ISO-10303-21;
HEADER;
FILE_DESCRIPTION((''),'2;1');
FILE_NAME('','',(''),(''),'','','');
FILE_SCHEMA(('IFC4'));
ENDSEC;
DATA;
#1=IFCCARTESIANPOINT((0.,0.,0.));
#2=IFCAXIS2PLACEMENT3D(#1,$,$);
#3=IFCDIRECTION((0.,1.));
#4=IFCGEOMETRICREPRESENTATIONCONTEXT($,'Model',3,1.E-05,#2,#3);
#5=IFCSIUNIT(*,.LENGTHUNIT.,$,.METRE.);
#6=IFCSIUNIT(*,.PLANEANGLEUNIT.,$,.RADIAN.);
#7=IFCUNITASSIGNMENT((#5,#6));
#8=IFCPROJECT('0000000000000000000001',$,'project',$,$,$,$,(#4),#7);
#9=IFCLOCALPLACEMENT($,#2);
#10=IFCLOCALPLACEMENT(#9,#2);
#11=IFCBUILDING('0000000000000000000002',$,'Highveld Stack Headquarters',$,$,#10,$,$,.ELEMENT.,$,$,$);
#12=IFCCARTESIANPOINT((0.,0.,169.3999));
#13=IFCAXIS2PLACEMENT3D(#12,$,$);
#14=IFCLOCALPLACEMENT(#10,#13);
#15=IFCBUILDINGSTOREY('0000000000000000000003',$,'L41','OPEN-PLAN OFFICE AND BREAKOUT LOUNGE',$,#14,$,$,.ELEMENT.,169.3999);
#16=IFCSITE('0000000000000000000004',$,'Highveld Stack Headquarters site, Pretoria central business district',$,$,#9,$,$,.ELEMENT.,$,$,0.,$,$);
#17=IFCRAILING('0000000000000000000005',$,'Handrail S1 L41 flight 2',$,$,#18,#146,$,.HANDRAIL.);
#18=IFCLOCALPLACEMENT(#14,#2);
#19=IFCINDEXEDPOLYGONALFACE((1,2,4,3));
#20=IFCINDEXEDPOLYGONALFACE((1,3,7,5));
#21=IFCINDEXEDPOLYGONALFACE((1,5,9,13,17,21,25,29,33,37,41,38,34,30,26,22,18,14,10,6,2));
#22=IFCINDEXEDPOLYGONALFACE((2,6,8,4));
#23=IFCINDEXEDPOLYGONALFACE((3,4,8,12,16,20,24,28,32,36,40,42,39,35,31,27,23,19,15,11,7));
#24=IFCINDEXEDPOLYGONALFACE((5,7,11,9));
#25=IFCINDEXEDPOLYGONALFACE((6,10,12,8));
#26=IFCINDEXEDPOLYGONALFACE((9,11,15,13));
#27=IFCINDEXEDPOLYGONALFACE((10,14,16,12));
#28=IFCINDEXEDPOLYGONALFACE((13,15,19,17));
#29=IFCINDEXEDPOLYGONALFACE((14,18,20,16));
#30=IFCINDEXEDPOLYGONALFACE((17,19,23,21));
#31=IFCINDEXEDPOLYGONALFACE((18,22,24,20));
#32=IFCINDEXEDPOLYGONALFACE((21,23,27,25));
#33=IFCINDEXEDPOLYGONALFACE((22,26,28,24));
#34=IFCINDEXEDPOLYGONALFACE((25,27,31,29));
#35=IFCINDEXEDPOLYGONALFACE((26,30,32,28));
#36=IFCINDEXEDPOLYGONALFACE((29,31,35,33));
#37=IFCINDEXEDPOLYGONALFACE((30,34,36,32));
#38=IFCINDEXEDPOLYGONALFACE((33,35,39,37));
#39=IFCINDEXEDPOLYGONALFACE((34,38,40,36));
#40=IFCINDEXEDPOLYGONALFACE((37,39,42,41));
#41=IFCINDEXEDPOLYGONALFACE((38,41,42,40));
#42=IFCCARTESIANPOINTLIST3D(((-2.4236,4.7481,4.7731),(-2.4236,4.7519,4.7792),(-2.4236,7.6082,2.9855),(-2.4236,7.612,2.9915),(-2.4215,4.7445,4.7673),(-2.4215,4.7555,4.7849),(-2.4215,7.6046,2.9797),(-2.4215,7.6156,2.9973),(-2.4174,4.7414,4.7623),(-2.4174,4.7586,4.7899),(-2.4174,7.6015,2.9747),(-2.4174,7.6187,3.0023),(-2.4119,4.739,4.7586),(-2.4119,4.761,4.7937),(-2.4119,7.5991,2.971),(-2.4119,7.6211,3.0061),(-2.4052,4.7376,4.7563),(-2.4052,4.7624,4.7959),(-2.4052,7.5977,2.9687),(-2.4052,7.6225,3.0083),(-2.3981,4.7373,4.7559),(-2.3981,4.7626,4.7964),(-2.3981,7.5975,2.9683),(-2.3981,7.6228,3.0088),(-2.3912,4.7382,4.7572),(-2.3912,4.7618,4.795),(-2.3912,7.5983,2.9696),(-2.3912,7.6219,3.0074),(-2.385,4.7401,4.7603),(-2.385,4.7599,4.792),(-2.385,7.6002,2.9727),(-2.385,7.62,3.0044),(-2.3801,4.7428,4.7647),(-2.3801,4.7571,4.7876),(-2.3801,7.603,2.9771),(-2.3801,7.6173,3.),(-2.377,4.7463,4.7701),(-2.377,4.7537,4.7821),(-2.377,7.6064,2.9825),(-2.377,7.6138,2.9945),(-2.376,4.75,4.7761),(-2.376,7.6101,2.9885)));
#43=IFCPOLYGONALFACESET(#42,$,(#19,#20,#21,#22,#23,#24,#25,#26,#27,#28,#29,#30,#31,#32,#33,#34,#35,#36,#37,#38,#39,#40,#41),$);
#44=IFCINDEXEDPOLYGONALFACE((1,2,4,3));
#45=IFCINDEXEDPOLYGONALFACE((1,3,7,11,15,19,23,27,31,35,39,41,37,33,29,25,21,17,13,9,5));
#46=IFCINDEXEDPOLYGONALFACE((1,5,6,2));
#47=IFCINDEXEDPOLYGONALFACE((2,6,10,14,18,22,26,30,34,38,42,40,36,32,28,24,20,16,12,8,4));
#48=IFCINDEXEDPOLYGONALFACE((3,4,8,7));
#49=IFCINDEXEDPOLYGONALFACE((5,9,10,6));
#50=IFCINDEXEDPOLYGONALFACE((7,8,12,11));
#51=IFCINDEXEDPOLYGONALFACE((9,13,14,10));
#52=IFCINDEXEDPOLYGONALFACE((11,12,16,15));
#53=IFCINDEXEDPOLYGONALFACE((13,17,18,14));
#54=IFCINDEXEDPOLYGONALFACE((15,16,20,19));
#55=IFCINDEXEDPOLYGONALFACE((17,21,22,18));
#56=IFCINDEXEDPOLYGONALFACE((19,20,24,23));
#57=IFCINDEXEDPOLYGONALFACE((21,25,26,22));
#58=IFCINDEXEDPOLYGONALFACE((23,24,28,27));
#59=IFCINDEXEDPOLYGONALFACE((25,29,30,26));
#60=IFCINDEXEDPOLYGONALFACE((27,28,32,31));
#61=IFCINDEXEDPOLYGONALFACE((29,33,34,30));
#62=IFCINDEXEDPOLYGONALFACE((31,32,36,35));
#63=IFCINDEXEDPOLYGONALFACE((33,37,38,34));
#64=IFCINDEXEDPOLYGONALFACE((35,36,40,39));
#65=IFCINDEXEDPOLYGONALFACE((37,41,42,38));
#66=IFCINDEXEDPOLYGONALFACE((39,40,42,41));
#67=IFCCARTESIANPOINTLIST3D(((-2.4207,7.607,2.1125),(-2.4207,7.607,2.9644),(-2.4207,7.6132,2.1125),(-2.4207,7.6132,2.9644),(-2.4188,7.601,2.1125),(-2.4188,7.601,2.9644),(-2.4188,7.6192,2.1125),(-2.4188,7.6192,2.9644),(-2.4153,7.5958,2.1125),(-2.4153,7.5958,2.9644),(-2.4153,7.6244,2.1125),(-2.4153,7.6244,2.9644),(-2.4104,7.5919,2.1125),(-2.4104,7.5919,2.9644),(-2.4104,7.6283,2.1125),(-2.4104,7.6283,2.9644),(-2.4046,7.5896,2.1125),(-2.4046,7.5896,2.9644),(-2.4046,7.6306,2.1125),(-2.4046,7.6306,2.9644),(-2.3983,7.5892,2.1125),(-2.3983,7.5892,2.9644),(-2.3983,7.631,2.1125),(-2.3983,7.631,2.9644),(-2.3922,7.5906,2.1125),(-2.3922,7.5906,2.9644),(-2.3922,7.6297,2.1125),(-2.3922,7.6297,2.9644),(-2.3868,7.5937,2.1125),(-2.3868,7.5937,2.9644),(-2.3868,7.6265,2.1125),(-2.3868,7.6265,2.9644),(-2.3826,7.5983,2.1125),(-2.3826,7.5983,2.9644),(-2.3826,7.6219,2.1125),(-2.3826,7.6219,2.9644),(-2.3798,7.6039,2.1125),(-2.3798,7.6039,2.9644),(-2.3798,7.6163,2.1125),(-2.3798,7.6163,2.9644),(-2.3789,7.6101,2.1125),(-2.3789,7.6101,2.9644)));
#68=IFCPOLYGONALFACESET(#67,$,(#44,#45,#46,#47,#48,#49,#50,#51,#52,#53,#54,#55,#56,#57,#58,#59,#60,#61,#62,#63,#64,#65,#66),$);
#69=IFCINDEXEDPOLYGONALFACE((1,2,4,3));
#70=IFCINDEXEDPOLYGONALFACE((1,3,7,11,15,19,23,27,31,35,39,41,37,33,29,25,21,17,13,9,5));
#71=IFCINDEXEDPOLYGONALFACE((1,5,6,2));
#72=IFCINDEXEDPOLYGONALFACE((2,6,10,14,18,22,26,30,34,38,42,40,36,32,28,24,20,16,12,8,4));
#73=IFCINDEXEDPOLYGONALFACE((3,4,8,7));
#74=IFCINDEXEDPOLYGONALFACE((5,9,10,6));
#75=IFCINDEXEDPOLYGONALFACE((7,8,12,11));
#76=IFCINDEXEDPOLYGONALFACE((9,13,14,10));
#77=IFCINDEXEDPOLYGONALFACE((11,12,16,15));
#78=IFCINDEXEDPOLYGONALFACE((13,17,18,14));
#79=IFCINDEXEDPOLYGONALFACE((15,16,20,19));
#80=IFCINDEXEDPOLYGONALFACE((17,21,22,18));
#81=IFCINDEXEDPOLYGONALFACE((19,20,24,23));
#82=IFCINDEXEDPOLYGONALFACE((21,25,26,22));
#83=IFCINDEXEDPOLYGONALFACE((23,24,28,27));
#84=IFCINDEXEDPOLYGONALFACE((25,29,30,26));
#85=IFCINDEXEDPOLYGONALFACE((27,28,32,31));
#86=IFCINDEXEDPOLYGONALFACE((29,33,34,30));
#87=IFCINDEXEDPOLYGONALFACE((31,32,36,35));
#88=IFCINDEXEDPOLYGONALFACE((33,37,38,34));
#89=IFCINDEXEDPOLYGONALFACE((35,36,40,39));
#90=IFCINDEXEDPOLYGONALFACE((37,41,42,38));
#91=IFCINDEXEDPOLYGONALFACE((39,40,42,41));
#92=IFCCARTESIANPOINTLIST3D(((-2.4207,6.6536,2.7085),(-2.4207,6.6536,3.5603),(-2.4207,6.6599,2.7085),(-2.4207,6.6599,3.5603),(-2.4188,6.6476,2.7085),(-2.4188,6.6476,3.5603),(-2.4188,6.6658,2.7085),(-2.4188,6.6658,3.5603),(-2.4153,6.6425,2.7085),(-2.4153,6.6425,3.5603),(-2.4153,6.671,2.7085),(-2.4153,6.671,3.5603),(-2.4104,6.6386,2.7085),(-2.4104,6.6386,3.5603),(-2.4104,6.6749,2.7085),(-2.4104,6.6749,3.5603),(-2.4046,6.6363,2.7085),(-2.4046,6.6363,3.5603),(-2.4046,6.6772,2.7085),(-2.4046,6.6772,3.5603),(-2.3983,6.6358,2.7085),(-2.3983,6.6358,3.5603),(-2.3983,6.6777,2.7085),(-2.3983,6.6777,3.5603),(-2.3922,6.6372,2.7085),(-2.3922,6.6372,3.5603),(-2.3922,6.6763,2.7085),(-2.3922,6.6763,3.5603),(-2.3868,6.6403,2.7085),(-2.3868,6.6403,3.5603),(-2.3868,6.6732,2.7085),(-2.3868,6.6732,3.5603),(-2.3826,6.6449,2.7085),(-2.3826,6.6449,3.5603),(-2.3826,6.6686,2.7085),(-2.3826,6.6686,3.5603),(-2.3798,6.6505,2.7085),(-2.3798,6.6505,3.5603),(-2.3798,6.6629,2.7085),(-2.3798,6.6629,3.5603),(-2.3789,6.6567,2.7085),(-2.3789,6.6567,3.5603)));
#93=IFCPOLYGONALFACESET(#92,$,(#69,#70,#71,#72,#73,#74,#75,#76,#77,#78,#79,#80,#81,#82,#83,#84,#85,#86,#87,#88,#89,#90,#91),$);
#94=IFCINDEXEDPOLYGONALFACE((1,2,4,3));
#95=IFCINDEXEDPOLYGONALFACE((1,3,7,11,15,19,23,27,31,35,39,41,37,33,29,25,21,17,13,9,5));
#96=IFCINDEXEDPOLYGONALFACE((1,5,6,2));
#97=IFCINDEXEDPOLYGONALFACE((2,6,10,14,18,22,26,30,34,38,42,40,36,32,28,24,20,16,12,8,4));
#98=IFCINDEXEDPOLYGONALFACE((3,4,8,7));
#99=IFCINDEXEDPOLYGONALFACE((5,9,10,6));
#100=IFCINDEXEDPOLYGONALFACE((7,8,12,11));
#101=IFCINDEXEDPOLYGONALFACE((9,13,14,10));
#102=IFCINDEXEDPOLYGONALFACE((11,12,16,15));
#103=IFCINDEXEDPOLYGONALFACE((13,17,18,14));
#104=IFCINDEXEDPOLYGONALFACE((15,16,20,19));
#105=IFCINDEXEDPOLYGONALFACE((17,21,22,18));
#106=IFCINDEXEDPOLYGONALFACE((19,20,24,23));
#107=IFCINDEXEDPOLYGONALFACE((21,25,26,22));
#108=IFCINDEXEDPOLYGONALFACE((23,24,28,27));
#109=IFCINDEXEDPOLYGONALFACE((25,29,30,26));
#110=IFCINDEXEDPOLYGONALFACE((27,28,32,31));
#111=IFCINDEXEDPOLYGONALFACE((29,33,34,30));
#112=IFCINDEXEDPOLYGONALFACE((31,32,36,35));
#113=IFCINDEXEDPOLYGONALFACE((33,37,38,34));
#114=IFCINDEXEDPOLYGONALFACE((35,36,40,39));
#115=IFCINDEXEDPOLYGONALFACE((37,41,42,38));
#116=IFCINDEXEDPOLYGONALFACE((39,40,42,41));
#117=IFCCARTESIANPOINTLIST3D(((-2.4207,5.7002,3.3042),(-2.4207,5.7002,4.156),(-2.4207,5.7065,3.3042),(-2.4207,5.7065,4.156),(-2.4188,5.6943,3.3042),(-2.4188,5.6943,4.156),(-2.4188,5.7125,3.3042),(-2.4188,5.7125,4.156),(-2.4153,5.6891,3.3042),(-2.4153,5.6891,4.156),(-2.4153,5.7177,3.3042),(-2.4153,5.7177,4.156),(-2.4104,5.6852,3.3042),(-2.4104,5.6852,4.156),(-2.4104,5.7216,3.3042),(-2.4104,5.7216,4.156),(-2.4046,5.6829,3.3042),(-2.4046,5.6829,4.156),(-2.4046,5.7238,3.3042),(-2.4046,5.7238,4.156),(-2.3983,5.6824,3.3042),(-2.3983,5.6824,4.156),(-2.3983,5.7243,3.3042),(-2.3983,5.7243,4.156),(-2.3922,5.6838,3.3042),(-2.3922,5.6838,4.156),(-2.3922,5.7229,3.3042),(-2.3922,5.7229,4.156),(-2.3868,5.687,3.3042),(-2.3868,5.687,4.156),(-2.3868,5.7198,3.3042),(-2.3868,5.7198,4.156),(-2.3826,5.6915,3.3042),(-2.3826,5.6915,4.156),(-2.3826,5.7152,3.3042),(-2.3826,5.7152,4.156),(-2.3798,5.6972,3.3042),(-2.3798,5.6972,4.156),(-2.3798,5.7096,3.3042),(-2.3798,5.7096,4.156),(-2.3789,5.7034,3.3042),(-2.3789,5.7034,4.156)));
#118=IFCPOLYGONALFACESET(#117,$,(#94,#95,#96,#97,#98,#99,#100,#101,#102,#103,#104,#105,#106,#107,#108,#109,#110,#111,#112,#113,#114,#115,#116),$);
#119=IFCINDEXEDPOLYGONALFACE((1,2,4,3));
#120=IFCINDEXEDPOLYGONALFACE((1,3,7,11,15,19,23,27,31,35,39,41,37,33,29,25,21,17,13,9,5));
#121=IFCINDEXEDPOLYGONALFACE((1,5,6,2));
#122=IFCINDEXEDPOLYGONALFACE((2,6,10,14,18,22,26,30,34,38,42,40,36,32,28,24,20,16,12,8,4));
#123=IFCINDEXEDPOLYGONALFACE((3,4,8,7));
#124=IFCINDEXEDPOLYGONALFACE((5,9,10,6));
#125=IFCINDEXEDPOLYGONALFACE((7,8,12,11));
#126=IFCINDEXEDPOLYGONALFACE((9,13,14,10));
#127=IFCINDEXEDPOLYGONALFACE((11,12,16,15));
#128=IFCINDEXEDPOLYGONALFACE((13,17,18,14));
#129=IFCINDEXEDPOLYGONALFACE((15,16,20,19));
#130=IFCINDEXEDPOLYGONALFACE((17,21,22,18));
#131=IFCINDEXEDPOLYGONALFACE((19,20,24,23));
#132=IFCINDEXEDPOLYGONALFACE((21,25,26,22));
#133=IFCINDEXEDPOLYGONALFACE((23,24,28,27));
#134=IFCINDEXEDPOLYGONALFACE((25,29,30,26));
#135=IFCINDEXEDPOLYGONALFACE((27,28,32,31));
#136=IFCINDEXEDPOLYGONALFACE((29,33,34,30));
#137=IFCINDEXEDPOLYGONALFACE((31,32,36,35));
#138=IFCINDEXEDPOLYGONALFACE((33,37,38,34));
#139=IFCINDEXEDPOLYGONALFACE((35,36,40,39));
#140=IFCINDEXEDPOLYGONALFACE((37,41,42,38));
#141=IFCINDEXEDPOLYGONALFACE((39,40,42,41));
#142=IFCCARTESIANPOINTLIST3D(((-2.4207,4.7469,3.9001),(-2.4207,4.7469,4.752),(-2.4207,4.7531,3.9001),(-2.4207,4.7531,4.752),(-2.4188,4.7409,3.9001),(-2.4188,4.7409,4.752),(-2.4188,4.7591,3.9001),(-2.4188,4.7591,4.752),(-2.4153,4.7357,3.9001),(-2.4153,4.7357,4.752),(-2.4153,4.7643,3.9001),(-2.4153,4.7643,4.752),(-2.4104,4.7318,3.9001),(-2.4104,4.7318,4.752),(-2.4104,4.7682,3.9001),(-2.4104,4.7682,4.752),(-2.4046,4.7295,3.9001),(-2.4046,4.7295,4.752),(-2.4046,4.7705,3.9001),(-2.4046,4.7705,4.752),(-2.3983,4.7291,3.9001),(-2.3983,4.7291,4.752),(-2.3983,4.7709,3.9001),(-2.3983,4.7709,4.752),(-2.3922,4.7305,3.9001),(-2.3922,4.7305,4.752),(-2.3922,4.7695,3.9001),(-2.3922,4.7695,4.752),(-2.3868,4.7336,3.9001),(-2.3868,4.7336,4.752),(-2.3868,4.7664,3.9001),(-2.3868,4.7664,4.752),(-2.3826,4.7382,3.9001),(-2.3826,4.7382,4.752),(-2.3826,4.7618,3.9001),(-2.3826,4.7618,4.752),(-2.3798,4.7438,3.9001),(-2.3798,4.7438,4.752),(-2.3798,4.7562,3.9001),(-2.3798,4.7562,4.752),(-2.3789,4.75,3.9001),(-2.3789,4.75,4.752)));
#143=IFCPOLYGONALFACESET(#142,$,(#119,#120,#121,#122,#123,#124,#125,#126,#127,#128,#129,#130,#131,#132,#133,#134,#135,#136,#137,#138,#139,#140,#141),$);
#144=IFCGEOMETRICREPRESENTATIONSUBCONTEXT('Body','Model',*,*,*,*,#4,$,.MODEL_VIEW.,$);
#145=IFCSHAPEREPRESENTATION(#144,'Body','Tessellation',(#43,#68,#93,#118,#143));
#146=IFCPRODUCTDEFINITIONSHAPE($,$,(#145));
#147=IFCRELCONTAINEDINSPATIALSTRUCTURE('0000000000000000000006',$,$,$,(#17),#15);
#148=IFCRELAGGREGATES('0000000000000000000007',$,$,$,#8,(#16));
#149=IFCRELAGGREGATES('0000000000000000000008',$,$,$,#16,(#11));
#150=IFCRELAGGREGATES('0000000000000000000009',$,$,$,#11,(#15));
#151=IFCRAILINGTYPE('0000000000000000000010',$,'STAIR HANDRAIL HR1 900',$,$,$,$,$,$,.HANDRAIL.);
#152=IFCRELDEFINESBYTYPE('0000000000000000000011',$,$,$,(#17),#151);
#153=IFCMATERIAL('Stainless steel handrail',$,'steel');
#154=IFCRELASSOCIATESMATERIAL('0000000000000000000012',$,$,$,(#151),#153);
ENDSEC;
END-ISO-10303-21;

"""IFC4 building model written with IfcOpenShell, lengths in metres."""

from ifc_helpers import new_model, si_unit, direction, frame, origin, origin_2d, place, context, subcontext, project, spatial, circle, extrude, material, type_object, element, save


model = new_model("IFC4")

# Units and contexts
model_context = context("Model", 3, precision=1e-05, world=origin(), true_north=direction((0.0, 1.0)))
body_context = subcontext(model_context, "Body", "Model", "MODEL_VIEW")
ifc_project = project(units=[si_unit("LENGTHUNIT", "METRE"), si_unit("PLANEANGLEUNIT", "RADIAN")], contexts=[model_context])

# Site, building, storey
site_placement = place(None, origin())
site = spatial("IfcSite", under=ifc_project, at=site_placement, Name="Highveld Stack Headquarters site, Pretoria central business district", CompositionType="ELEMENT", RefElevation=0.0)
building_placement = place(site_placement, origin())
building = spatial("IfcBuilding", under=site, at=building_placement, Name="Highveld Stack Headquarters", CompositionType="ELEMENT")
storey_placement = place(building_placement, frame((0.0, 0.0, 169.3999)))
storey = spatial("IfcBuildingStorey", under=building, at=storey_placement, Name="L41", Description="OPEN-PLAN OFFICE AND BREAKOUT LOUNGE", CompositionType="ELEMENT", Elevation=169.3999)

# Railing
ifc_material_1 = material(Name="Stainless steel handrail", Category="steel")
railing_type = type_object("IfcRailingType", Name="STAIR HANDRAIL HR1 900", PredefinedType="HANDRAIL", material=ifc_material_1)
for number, where, name in (
    (1, (-2.3999, 7.6101, 2.1125), "Handrail S1 L41 flight 2"),
):
    element("IfcRailing", number, at=place(storey_placement, frame(where)), inside=storey, type_object=railing_type, Name=name, PredefinedType="HANDRAIL", context=body_context, shape_type="SweptSolid", body=[
        extrude(circle(Radius=0.0239, at=origin_2d()), frame((0.0, 0.0, 0.876), z_axis=(0.0, -0.847994, 0.530005), x_axis=(1.0, 0.0, 0.0)), (0.0, 0.0, 1.0), 3.3728),
        extrude(circle(Radius=0.021, at=origin_2d()), origin(), (0.0, 0.0, 1.0), 0.8518),
        extrude(circle(Radius=0.021, at=origin_2d()), frame((0.0, -0.9534, 0.5959)), (0.0, 0.0, 1.0), 0.8518),
        extrude(circle(Radius=0.021, at=origin_2d()), frame((0.0, -1.9067, 1.1917)), (0.0, 0.0, 1.0), 0.8518),
        extrude(circle(Radius=0.021, at=origin_2d()), frame((0.0, -2.8601, 1.7876)), (0.0, 0.0, 1.0), 0.8518),
    ])

save(model, "model.ifc")
